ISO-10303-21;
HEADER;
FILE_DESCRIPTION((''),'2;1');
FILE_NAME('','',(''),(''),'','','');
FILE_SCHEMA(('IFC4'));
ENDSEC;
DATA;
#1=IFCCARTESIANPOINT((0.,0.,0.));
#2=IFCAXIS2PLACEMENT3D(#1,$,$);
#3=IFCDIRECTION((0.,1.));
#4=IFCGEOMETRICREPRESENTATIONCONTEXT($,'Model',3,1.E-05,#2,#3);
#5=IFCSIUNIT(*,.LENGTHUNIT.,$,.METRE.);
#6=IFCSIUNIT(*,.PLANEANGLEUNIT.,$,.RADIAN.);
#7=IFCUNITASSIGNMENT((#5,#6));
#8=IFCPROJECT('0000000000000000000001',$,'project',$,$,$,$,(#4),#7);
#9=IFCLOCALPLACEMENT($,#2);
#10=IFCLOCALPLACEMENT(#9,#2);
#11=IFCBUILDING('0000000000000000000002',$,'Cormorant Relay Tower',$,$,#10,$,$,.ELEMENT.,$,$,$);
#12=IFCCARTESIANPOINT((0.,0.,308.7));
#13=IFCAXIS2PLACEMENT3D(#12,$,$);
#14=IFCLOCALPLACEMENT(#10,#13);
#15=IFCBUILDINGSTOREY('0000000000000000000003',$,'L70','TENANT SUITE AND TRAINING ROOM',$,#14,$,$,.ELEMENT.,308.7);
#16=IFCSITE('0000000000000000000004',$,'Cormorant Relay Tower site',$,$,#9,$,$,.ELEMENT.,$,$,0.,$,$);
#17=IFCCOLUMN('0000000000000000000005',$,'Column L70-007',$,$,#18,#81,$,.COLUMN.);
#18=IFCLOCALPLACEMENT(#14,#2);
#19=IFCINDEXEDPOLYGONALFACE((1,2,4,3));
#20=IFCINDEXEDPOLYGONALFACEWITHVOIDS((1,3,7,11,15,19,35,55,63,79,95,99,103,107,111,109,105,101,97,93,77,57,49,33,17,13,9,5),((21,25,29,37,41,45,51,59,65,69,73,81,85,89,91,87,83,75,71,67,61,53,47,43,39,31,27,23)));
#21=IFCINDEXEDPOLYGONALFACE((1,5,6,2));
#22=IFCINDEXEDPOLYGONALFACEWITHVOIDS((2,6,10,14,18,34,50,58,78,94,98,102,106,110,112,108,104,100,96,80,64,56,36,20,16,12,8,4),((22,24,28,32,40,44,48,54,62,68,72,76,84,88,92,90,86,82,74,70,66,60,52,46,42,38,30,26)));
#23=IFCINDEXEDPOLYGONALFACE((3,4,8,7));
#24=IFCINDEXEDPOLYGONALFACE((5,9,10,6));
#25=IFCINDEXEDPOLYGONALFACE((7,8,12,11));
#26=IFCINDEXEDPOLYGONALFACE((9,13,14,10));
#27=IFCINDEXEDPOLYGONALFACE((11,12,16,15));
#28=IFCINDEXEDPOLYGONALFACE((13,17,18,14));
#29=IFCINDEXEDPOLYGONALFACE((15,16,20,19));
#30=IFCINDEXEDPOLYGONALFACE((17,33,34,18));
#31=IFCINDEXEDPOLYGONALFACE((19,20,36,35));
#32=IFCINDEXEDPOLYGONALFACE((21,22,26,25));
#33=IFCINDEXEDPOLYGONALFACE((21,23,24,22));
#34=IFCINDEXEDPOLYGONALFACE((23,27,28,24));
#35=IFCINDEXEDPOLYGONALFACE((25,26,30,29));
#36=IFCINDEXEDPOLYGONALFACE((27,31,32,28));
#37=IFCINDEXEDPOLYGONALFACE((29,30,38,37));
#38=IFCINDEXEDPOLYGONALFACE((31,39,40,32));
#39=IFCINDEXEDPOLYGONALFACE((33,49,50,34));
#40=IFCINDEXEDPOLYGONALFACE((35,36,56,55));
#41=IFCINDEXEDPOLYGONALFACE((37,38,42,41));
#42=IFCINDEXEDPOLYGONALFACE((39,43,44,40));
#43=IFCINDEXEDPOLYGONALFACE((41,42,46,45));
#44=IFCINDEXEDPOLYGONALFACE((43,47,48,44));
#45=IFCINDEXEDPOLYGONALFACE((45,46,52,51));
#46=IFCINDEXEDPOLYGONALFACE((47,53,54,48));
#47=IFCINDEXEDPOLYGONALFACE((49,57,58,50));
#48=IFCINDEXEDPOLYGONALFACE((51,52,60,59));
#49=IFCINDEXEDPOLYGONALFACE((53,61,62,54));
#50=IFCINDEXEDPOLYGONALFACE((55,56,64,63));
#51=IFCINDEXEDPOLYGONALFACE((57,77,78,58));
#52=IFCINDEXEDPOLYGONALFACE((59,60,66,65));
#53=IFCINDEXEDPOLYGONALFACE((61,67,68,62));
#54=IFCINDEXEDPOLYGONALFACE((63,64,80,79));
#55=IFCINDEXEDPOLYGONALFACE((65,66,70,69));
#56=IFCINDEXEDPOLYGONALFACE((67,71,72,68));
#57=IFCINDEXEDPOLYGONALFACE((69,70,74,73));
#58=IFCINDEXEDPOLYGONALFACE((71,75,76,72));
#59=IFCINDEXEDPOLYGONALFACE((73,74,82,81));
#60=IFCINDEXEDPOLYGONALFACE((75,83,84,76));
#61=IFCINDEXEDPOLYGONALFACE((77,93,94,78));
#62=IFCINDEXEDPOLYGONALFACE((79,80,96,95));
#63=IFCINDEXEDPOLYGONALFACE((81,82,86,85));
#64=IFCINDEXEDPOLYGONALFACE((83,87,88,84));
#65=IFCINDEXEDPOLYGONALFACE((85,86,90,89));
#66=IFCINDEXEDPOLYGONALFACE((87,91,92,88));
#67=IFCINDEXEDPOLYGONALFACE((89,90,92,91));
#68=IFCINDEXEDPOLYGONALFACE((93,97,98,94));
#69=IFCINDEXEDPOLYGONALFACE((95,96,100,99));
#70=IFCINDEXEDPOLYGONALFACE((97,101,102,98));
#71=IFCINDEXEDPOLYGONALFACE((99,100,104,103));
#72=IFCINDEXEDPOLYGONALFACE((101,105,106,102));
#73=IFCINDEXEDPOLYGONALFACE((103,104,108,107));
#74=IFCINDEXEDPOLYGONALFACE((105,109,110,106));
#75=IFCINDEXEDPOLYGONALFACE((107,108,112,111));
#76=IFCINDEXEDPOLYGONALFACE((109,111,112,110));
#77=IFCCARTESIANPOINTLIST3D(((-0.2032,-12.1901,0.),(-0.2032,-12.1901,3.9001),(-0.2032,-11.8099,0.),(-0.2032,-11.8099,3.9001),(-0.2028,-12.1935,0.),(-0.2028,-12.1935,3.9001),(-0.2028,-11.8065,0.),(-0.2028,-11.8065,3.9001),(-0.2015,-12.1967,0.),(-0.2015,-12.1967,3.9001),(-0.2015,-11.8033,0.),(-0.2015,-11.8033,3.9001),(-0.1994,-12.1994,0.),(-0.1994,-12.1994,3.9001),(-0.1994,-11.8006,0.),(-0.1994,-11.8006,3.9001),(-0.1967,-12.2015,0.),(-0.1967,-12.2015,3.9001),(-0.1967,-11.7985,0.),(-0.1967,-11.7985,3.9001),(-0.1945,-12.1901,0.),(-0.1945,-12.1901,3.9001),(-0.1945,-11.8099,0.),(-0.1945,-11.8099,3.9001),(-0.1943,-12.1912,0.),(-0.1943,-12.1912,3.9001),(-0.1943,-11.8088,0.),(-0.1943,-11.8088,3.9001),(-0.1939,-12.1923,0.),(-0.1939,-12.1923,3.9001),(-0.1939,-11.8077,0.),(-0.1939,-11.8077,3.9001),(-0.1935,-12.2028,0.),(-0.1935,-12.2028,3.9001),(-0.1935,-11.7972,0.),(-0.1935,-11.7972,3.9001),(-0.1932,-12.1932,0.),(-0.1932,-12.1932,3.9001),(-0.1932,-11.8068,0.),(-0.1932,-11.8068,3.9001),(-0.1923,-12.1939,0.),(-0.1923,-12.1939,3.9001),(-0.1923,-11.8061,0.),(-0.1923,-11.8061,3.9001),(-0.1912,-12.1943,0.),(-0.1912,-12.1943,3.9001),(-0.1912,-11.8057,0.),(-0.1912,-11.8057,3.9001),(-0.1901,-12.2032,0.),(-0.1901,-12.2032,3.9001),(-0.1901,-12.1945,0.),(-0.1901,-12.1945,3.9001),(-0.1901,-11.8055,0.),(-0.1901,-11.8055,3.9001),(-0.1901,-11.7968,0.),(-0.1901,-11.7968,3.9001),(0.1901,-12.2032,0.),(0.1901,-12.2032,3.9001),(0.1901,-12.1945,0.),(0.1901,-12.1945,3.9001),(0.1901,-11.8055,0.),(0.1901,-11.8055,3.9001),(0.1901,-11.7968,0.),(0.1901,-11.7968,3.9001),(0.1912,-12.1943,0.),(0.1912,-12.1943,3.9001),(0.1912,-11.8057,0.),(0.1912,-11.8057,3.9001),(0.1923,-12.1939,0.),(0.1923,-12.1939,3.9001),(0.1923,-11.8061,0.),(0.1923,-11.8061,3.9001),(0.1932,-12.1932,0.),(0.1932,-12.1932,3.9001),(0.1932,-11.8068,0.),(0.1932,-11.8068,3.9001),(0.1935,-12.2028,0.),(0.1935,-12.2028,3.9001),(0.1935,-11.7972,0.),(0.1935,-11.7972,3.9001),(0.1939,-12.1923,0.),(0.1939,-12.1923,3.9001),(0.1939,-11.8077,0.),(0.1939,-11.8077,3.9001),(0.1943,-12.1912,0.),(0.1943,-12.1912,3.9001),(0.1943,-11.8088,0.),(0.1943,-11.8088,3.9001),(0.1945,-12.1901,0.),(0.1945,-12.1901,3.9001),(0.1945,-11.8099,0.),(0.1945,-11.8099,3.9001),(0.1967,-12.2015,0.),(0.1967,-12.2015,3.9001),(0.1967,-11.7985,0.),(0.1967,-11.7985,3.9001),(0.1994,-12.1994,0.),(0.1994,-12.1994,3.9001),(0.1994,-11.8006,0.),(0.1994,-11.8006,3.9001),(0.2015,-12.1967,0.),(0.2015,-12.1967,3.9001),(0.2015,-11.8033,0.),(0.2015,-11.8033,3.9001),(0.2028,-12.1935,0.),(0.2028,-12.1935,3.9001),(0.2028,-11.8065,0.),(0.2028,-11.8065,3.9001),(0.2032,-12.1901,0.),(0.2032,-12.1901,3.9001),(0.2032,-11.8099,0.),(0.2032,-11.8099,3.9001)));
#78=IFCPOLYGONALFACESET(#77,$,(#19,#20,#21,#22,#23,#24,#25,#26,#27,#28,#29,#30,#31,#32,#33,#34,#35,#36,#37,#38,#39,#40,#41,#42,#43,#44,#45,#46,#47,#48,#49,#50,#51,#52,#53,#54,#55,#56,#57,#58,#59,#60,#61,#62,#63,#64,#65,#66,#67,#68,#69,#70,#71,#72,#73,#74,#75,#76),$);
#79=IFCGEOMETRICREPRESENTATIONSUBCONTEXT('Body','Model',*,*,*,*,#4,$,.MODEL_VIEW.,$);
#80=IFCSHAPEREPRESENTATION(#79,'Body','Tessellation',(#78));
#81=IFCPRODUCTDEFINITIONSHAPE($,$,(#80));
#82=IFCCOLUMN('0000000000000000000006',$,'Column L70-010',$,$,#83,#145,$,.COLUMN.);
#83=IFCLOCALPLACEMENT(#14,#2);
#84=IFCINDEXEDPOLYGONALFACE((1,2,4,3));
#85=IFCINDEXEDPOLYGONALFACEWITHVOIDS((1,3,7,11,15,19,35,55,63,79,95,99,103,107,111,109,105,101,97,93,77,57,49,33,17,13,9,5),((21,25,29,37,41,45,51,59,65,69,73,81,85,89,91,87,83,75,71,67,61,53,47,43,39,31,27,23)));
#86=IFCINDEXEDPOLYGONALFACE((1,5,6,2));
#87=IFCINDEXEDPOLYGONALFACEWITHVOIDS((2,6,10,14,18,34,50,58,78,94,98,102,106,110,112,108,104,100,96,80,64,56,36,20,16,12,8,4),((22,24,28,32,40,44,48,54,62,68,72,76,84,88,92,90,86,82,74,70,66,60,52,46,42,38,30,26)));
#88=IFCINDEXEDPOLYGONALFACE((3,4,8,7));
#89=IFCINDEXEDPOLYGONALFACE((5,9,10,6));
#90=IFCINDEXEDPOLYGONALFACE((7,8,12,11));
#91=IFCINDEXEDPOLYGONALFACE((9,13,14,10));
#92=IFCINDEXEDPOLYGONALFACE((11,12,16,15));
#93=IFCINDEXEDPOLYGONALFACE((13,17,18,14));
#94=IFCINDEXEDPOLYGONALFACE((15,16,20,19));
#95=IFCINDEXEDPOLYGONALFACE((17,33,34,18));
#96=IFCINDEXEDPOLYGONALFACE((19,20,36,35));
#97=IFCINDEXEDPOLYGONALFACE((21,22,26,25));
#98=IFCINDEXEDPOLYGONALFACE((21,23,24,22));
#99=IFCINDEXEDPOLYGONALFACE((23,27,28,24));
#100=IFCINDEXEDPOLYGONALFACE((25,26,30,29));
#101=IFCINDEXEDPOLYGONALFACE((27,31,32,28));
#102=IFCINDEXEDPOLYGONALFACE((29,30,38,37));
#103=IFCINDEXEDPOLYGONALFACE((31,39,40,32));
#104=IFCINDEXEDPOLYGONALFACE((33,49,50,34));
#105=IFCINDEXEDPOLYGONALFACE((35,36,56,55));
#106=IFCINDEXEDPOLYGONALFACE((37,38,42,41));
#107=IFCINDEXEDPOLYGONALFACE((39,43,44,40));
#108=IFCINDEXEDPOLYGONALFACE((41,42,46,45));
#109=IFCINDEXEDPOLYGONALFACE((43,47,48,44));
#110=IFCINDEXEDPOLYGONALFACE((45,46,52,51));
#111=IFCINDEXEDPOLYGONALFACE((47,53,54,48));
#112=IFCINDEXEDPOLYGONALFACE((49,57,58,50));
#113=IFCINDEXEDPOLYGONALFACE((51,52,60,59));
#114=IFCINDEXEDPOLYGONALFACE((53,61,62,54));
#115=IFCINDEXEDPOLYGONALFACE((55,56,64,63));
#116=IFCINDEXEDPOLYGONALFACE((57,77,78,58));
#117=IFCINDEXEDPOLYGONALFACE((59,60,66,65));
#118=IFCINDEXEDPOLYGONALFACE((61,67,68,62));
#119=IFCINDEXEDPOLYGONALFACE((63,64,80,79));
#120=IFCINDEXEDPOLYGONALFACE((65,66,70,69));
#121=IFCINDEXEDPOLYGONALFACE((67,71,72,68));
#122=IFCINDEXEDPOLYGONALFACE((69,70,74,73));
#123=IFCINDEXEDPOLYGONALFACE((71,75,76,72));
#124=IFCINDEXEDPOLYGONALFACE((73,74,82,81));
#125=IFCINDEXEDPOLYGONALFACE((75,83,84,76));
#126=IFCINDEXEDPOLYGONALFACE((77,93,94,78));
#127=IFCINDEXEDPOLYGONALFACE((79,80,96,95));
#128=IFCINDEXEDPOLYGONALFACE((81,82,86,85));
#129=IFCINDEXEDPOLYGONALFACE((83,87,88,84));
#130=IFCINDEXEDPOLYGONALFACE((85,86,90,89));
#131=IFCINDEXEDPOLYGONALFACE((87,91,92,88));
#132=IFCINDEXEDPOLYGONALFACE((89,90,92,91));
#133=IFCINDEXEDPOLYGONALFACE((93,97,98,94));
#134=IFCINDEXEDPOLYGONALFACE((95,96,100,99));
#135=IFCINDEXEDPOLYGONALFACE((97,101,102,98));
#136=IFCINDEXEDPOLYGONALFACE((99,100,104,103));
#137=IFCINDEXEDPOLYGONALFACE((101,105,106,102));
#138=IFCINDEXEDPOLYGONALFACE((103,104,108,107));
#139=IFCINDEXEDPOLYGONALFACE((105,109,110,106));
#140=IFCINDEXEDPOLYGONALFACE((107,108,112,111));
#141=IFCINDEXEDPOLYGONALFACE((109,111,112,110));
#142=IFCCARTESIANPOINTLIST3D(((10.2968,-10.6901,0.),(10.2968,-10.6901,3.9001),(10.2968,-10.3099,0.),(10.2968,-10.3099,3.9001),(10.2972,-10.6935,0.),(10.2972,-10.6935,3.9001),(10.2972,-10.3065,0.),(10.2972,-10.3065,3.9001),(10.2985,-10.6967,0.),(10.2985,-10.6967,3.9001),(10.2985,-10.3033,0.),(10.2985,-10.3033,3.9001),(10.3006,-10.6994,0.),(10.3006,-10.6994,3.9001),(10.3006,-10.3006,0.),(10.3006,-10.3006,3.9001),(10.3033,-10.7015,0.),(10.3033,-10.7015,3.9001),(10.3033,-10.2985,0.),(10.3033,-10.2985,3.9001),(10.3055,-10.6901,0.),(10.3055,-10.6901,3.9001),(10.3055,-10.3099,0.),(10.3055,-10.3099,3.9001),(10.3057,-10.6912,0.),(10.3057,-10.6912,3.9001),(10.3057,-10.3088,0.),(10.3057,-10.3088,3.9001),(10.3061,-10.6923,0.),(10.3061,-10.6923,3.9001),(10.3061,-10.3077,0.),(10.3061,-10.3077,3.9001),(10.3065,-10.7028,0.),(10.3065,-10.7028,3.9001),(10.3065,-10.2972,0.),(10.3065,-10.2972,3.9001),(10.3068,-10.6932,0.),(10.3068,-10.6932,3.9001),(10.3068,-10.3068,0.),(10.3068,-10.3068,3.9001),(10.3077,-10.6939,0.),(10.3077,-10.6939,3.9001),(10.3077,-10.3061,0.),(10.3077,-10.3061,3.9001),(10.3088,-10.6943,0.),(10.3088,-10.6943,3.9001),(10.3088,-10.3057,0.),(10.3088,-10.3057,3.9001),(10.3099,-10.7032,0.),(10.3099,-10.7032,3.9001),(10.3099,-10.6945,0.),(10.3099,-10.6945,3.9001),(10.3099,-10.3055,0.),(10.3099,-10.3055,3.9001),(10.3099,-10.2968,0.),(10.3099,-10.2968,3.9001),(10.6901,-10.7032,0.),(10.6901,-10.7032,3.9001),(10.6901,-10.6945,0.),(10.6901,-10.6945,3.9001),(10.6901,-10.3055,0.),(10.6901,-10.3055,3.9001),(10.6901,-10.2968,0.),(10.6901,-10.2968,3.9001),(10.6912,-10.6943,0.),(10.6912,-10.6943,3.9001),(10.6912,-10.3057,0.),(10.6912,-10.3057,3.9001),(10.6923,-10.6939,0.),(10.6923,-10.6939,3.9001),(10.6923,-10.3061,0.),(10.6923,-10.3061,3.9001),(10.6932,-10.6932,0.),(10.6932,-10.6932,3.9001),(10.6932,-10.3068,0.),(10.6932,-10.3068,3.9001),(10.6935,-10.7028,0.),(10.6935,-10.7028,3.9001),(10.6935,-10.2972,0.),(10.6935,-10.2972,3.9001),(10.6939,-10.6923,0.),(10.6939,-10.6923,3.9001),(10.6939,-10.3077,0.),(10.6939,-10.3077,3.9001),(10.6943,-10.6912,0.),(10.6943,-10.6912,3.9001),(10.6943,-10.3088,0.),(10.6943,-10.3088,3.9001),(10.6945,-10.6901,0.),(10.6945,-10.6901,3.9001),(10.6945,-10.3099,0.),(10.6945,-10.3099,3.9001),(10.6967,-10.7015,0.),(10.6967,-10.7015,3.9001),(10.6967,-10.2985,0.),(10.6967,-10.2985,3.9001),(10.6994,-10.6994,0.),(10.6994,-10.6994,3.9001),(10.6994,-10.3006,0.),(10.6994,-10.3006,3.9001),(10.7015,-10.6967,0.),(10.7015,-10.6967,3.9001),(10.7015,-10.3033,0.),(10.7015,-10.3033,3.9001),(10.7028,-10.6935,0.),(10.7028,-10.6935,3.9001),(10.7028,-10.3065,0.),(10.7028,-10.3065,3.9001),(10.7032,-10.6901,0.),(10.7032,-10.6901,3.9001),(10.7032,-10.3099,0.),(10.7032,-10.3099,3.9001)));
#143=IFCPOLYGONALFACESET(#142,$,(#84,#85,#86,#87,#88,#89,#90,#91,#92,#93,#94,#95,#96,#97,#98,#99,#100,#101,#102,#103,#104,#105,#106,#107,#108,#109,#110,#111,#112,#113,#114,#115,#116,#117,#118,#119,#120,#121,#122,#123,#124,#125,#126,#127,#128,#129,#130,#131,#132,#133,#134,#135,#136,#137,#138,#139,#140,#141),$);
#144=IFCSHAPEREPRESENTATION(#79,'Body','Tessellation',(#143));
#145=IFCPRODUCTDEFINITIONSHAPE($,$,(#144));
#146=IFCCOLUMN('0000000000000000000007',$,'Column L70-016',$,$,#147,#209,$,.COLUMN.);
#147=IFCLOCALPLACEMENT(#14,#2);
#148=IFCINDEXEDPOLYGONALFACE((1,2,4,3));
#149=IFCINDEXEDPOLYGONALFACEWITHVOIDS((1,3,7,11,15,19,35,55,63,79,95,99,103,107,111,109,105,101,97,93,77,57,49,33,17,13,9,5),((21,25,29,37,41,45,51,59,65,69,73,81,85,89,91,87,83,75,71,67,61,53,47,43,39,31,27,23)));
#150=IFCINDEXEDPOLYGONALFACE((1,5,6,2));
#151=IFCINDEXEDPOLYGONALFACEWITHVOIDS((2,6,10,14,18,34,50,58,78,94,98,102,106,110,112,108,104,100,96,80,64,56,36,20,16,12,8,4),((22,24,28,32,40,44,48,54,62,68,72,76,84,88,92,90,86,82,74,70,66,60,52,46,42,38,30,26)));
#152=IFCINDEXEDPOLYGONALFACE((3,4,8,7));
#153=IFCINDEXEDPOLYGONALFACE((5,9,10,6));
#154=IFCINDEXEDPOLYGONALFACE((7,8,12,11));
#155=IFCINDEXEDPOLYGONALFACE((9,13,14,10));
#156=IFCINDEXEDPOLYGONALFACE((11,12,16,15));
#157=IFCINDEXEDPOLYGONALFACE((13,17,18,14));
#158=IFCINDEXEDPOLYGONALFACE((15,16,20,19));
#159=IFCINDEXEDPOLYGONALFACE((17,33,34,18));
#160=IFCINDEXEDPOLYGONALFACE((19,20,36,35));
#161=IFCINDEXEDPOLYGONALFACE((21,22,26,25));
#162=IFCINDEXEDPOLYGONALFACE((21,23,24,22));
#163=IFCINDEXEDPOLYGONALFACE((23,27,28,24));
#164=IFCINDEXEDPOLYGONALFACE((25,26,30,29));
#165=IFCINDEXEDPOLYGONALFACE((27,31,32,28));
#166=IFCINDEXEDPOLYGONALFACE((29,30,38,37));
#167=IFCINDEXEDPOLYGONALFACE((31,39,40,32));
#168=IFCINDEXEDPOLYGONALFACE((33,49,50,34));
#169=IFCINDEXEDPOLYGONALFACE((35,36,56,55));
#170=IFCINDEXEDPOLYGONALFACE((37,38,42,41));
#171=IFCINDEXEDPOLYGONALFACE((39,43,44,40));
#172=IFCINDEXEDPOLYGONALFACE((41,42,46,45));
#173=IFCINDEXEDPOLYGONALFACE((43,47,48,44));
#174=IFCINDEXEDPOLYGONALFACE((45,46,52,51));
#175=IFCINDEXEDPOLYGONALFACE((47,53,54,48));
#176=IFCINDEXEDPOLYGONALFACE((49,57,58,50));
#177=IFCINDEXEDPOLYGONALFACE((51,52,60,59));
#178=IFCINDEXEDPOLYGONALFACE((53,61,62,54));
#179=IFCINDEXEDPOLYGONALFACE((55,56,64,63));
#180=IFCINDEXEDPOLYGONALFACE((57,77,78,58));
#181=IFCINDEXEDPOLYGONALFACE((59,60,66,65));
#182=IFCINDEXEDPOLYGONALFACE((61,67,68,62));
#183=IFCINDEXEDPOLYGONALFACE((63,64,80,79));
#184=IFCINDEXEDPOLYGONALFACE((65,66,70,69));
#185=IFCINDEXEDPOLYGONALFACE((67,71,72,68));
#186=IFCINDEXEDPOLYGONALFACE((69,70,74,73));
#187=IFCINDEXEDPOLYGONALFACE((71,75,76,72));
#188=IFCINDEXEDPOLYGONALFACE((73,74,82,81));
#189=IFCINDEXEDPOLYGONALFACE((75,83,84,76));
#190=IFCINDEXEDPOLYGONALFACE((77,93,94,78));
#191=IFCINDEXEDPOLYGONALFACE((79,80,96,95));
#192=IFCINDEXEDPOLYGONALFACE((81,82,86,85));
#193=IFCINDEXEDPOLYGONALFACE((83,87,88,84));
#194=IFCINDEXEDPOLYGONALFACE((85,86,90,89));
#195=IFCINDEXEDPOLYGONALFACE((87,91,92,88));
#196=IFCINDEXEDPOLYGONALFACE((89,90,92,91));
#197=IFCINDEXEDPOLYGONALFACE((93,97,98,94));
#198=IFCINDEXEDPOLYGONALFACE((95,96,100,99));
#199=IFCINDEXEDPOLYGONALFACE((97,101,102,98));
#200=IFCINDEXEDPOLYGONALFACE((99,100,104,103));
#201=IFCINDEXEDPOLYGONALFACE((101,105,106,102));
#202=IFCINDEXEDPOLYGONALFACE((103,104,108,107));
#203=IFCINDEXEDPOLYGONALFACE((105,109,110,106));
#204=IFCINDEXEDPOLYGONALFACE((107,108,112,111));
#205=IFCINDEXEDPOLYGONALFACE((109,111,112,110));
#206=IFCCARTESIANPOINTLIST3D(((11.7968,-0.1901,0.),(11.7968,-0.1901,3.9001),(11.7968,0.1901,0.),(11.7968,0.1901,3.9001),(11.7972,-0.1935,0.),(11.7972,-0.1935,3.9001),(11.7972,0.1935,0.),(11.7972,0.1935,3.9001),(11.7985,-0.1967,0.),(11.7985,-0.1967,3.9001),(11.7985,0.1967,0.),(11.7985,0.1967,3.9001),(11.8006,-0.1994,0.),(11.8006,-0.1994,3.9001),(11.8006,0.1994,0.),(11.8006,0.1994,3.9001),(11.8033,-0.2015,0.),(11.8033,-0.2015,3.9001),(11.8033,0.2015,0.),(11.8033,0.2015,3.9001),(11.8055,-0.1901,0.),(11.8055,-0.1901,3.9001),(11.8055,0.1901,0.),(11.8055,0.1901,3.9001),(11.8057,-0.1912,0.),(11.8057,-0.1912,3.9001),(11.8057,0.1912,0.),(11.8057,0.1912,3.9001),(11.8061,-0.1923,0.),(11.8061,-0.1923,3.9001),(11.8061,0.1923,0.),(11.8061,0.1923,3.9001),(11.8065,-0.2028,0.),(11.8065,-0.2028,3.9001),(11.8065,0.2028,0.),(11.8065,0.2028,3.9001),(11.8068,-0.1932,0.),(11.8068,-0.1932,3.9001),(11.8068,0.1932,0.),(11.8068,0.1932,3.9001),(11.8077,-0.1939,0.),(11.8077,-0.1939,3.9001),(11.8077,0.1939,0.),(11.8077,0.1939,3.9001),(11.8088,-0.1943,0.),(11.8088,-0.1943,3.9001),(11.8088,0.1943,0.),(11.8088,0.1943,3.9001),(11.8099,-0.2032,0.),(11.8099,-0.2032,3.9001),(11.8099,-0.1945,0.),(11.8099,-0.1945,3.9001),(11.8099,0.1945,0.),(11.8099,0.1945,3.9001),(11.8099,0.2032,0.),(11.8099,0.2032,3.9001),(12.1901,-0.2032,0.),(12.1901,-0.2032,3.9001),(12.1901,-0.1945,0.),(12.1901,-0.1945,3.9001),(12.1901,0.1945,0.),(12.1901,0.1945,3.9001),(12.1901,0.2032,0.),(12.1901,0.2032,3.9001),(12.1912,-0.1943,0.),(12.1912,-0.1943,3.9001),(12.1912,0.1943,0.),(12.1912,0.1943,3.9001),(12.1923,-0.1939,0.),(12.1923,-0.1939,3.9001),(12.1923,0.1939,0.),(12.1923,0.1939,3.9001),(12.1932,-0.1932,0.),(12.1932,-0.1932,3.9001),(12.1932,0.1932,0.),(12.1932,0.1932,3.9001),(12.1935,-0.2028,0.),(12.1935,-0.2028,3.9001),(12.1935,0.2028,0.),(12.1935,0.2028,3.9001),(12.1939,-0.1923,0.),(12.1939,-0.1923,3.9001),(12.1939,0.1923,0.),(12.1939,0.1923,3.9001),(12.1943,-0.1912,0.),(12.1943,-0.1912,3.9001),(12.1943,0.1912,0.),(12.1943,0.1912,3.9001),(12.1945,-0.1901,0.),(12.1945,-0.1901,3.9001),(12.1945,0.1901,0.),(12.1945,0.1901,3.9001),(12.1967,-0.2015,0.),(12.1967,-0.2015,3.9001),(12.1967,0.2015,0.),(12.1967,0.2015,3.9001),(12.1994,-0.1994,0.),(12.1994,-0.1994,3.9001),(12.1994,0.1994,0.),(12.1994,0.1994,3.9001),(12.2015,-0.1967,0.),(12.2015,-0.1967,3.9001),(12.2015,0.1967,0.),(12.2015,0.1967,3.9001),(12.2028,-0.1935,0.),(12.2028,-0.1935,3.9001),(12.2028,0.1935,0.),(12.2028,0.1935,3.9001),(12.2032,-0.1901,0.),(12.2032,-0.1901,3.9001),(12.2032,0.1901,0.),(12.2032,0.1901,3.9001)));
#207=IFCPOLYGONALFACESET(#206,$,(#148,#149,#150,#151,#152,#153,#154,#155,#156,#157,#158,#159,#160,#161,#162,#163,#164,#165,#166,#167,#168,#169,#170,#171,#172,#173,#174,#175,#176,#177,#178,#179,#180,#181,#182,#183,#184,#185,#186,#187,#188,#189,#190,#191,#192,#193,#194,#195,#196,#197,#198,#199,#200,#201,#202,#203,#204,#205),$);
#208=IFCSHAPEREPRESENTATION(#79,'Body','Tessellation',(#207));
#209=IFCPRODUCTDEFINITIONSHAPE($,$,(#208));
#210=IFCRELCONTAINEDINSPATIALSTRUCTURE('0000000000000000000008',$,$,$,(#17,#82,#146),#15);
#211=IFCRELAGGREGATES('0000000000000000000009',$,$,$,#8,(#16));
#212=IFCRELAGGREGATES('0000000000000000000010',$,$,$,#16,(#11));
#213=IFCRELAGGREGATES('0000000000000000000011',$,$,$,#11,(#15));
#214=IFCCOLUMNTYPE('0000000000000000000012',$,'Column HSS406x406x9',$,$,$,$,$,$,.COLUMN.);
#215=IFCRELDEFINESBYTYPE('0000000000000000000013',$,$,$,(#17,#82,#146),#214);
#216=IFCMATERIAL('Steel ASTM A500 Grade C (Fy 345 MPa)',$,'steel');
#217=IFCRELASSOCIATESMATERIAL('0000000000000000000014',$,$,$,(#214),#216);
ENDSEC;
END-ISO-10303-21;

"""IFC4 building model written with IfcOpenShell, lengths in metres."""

from ifc_helpers import new_model, si_unit, direction, frame, origin, origin_2d, place, context, subcontext, project, spatial, hollow_rectangle, extrude, material, material_profile, profile_set, type_object, element, save


model = new_model("IFC4")

# Units and contexts
model_context = context("Model", 3, precision=1e-05, world=origin(), true_north=direction((0.0, 1.0)))
body_context = subcontext(model_context, "Body", "Model", "MODEL_VIEW")
ifc_project = project(units=[si_unit("LENGTHUNIT", "METRE"), si_unit("PLANEANGLEUNIT", "RADIAN")], contexts=[model_context])

# Site, building, storey
site_placement = place(None, origin())
site = spatial("IfcSite", under=ifc_project, at=site_placement, Name="Cormorant Relay Tower site", CompositionType="ELEMENT", RefElevation=0.0)
building_placement = place(site_placement, origin())
building = spatial("IfcBuilding", under=site, at=building_placement, Name="Cormorant Relay Tower", CompositionType="ELEMENT")
storey_placement = place(building_placement, frame((0.0, 0.0, 308.7)))
storey = spatial("IfcBuildingStorey", under=building, at=storey_placement, Name="L70", Description="TENANT SUITE AND TRAINING ROOM", CompositionType="ELEMENT", Elevation=308.7)

# Columns
ifc_material_1 = material(Name="Steel ASTM A500 Grade C (Fy 345 MPa)", Category="steel")
ifc_material_profile = material_profile(ifc_material_1, hollow_rectangle(XDim=0.4065, YDim=0.4065, WallThickness=0.0088, InnerFilletRadius=0.0044, OuterFilletRadius=0.0132, at=origin_2d()), Name="HSS406x406x9")
ifc_profile_set = profile_set([ifc_material_profile], Name="Steel ASTM A500 Grade C (Fy 345 MPa)")
column_type = type_object("IfcColumnType", Name="Column HSS406x406x9", PredefinedType="COLUMN", material=ifc_profile_set)
for number, where, z_axis, x_axis, name in (
    (1, (0.0, -12.0, 0.0), (0.0, 0.0, 1.0), (1.0, 0.0, 0.0), "Column L70-007"),
    (2, (10.5, -10.5, 0.0), (0.0, 0.0, 1.0), (1.0, 0.0, 0.0), "Column L70-010"),
    (3, (12.0, 0.0, 0.0), (0.0, 0.0, 1.0), (1.0, 0.0, 0.0), "Column L70-016"),
):
    element("IfcColumn", number, at=place(storey_placement, frame(where, z_axis=z_axis, x_axis=x_axis)), inside=storey, type_object=column_type, Name=name, PredefinedType="COLUMN", context=body_context, shape_type="SweptSolid", body=[
        extrude(hollow_rectangle(XDim=0.4065, YDim=0.4065, WallThickness=0.0088, InnerFilletRadius=0.0044, OuterFilletRadius=0.0132, at=origin_2d()), origin(), (0.0, 0.0, 1.0), 3.9001),
    ])

save(model, "model.ifc")
